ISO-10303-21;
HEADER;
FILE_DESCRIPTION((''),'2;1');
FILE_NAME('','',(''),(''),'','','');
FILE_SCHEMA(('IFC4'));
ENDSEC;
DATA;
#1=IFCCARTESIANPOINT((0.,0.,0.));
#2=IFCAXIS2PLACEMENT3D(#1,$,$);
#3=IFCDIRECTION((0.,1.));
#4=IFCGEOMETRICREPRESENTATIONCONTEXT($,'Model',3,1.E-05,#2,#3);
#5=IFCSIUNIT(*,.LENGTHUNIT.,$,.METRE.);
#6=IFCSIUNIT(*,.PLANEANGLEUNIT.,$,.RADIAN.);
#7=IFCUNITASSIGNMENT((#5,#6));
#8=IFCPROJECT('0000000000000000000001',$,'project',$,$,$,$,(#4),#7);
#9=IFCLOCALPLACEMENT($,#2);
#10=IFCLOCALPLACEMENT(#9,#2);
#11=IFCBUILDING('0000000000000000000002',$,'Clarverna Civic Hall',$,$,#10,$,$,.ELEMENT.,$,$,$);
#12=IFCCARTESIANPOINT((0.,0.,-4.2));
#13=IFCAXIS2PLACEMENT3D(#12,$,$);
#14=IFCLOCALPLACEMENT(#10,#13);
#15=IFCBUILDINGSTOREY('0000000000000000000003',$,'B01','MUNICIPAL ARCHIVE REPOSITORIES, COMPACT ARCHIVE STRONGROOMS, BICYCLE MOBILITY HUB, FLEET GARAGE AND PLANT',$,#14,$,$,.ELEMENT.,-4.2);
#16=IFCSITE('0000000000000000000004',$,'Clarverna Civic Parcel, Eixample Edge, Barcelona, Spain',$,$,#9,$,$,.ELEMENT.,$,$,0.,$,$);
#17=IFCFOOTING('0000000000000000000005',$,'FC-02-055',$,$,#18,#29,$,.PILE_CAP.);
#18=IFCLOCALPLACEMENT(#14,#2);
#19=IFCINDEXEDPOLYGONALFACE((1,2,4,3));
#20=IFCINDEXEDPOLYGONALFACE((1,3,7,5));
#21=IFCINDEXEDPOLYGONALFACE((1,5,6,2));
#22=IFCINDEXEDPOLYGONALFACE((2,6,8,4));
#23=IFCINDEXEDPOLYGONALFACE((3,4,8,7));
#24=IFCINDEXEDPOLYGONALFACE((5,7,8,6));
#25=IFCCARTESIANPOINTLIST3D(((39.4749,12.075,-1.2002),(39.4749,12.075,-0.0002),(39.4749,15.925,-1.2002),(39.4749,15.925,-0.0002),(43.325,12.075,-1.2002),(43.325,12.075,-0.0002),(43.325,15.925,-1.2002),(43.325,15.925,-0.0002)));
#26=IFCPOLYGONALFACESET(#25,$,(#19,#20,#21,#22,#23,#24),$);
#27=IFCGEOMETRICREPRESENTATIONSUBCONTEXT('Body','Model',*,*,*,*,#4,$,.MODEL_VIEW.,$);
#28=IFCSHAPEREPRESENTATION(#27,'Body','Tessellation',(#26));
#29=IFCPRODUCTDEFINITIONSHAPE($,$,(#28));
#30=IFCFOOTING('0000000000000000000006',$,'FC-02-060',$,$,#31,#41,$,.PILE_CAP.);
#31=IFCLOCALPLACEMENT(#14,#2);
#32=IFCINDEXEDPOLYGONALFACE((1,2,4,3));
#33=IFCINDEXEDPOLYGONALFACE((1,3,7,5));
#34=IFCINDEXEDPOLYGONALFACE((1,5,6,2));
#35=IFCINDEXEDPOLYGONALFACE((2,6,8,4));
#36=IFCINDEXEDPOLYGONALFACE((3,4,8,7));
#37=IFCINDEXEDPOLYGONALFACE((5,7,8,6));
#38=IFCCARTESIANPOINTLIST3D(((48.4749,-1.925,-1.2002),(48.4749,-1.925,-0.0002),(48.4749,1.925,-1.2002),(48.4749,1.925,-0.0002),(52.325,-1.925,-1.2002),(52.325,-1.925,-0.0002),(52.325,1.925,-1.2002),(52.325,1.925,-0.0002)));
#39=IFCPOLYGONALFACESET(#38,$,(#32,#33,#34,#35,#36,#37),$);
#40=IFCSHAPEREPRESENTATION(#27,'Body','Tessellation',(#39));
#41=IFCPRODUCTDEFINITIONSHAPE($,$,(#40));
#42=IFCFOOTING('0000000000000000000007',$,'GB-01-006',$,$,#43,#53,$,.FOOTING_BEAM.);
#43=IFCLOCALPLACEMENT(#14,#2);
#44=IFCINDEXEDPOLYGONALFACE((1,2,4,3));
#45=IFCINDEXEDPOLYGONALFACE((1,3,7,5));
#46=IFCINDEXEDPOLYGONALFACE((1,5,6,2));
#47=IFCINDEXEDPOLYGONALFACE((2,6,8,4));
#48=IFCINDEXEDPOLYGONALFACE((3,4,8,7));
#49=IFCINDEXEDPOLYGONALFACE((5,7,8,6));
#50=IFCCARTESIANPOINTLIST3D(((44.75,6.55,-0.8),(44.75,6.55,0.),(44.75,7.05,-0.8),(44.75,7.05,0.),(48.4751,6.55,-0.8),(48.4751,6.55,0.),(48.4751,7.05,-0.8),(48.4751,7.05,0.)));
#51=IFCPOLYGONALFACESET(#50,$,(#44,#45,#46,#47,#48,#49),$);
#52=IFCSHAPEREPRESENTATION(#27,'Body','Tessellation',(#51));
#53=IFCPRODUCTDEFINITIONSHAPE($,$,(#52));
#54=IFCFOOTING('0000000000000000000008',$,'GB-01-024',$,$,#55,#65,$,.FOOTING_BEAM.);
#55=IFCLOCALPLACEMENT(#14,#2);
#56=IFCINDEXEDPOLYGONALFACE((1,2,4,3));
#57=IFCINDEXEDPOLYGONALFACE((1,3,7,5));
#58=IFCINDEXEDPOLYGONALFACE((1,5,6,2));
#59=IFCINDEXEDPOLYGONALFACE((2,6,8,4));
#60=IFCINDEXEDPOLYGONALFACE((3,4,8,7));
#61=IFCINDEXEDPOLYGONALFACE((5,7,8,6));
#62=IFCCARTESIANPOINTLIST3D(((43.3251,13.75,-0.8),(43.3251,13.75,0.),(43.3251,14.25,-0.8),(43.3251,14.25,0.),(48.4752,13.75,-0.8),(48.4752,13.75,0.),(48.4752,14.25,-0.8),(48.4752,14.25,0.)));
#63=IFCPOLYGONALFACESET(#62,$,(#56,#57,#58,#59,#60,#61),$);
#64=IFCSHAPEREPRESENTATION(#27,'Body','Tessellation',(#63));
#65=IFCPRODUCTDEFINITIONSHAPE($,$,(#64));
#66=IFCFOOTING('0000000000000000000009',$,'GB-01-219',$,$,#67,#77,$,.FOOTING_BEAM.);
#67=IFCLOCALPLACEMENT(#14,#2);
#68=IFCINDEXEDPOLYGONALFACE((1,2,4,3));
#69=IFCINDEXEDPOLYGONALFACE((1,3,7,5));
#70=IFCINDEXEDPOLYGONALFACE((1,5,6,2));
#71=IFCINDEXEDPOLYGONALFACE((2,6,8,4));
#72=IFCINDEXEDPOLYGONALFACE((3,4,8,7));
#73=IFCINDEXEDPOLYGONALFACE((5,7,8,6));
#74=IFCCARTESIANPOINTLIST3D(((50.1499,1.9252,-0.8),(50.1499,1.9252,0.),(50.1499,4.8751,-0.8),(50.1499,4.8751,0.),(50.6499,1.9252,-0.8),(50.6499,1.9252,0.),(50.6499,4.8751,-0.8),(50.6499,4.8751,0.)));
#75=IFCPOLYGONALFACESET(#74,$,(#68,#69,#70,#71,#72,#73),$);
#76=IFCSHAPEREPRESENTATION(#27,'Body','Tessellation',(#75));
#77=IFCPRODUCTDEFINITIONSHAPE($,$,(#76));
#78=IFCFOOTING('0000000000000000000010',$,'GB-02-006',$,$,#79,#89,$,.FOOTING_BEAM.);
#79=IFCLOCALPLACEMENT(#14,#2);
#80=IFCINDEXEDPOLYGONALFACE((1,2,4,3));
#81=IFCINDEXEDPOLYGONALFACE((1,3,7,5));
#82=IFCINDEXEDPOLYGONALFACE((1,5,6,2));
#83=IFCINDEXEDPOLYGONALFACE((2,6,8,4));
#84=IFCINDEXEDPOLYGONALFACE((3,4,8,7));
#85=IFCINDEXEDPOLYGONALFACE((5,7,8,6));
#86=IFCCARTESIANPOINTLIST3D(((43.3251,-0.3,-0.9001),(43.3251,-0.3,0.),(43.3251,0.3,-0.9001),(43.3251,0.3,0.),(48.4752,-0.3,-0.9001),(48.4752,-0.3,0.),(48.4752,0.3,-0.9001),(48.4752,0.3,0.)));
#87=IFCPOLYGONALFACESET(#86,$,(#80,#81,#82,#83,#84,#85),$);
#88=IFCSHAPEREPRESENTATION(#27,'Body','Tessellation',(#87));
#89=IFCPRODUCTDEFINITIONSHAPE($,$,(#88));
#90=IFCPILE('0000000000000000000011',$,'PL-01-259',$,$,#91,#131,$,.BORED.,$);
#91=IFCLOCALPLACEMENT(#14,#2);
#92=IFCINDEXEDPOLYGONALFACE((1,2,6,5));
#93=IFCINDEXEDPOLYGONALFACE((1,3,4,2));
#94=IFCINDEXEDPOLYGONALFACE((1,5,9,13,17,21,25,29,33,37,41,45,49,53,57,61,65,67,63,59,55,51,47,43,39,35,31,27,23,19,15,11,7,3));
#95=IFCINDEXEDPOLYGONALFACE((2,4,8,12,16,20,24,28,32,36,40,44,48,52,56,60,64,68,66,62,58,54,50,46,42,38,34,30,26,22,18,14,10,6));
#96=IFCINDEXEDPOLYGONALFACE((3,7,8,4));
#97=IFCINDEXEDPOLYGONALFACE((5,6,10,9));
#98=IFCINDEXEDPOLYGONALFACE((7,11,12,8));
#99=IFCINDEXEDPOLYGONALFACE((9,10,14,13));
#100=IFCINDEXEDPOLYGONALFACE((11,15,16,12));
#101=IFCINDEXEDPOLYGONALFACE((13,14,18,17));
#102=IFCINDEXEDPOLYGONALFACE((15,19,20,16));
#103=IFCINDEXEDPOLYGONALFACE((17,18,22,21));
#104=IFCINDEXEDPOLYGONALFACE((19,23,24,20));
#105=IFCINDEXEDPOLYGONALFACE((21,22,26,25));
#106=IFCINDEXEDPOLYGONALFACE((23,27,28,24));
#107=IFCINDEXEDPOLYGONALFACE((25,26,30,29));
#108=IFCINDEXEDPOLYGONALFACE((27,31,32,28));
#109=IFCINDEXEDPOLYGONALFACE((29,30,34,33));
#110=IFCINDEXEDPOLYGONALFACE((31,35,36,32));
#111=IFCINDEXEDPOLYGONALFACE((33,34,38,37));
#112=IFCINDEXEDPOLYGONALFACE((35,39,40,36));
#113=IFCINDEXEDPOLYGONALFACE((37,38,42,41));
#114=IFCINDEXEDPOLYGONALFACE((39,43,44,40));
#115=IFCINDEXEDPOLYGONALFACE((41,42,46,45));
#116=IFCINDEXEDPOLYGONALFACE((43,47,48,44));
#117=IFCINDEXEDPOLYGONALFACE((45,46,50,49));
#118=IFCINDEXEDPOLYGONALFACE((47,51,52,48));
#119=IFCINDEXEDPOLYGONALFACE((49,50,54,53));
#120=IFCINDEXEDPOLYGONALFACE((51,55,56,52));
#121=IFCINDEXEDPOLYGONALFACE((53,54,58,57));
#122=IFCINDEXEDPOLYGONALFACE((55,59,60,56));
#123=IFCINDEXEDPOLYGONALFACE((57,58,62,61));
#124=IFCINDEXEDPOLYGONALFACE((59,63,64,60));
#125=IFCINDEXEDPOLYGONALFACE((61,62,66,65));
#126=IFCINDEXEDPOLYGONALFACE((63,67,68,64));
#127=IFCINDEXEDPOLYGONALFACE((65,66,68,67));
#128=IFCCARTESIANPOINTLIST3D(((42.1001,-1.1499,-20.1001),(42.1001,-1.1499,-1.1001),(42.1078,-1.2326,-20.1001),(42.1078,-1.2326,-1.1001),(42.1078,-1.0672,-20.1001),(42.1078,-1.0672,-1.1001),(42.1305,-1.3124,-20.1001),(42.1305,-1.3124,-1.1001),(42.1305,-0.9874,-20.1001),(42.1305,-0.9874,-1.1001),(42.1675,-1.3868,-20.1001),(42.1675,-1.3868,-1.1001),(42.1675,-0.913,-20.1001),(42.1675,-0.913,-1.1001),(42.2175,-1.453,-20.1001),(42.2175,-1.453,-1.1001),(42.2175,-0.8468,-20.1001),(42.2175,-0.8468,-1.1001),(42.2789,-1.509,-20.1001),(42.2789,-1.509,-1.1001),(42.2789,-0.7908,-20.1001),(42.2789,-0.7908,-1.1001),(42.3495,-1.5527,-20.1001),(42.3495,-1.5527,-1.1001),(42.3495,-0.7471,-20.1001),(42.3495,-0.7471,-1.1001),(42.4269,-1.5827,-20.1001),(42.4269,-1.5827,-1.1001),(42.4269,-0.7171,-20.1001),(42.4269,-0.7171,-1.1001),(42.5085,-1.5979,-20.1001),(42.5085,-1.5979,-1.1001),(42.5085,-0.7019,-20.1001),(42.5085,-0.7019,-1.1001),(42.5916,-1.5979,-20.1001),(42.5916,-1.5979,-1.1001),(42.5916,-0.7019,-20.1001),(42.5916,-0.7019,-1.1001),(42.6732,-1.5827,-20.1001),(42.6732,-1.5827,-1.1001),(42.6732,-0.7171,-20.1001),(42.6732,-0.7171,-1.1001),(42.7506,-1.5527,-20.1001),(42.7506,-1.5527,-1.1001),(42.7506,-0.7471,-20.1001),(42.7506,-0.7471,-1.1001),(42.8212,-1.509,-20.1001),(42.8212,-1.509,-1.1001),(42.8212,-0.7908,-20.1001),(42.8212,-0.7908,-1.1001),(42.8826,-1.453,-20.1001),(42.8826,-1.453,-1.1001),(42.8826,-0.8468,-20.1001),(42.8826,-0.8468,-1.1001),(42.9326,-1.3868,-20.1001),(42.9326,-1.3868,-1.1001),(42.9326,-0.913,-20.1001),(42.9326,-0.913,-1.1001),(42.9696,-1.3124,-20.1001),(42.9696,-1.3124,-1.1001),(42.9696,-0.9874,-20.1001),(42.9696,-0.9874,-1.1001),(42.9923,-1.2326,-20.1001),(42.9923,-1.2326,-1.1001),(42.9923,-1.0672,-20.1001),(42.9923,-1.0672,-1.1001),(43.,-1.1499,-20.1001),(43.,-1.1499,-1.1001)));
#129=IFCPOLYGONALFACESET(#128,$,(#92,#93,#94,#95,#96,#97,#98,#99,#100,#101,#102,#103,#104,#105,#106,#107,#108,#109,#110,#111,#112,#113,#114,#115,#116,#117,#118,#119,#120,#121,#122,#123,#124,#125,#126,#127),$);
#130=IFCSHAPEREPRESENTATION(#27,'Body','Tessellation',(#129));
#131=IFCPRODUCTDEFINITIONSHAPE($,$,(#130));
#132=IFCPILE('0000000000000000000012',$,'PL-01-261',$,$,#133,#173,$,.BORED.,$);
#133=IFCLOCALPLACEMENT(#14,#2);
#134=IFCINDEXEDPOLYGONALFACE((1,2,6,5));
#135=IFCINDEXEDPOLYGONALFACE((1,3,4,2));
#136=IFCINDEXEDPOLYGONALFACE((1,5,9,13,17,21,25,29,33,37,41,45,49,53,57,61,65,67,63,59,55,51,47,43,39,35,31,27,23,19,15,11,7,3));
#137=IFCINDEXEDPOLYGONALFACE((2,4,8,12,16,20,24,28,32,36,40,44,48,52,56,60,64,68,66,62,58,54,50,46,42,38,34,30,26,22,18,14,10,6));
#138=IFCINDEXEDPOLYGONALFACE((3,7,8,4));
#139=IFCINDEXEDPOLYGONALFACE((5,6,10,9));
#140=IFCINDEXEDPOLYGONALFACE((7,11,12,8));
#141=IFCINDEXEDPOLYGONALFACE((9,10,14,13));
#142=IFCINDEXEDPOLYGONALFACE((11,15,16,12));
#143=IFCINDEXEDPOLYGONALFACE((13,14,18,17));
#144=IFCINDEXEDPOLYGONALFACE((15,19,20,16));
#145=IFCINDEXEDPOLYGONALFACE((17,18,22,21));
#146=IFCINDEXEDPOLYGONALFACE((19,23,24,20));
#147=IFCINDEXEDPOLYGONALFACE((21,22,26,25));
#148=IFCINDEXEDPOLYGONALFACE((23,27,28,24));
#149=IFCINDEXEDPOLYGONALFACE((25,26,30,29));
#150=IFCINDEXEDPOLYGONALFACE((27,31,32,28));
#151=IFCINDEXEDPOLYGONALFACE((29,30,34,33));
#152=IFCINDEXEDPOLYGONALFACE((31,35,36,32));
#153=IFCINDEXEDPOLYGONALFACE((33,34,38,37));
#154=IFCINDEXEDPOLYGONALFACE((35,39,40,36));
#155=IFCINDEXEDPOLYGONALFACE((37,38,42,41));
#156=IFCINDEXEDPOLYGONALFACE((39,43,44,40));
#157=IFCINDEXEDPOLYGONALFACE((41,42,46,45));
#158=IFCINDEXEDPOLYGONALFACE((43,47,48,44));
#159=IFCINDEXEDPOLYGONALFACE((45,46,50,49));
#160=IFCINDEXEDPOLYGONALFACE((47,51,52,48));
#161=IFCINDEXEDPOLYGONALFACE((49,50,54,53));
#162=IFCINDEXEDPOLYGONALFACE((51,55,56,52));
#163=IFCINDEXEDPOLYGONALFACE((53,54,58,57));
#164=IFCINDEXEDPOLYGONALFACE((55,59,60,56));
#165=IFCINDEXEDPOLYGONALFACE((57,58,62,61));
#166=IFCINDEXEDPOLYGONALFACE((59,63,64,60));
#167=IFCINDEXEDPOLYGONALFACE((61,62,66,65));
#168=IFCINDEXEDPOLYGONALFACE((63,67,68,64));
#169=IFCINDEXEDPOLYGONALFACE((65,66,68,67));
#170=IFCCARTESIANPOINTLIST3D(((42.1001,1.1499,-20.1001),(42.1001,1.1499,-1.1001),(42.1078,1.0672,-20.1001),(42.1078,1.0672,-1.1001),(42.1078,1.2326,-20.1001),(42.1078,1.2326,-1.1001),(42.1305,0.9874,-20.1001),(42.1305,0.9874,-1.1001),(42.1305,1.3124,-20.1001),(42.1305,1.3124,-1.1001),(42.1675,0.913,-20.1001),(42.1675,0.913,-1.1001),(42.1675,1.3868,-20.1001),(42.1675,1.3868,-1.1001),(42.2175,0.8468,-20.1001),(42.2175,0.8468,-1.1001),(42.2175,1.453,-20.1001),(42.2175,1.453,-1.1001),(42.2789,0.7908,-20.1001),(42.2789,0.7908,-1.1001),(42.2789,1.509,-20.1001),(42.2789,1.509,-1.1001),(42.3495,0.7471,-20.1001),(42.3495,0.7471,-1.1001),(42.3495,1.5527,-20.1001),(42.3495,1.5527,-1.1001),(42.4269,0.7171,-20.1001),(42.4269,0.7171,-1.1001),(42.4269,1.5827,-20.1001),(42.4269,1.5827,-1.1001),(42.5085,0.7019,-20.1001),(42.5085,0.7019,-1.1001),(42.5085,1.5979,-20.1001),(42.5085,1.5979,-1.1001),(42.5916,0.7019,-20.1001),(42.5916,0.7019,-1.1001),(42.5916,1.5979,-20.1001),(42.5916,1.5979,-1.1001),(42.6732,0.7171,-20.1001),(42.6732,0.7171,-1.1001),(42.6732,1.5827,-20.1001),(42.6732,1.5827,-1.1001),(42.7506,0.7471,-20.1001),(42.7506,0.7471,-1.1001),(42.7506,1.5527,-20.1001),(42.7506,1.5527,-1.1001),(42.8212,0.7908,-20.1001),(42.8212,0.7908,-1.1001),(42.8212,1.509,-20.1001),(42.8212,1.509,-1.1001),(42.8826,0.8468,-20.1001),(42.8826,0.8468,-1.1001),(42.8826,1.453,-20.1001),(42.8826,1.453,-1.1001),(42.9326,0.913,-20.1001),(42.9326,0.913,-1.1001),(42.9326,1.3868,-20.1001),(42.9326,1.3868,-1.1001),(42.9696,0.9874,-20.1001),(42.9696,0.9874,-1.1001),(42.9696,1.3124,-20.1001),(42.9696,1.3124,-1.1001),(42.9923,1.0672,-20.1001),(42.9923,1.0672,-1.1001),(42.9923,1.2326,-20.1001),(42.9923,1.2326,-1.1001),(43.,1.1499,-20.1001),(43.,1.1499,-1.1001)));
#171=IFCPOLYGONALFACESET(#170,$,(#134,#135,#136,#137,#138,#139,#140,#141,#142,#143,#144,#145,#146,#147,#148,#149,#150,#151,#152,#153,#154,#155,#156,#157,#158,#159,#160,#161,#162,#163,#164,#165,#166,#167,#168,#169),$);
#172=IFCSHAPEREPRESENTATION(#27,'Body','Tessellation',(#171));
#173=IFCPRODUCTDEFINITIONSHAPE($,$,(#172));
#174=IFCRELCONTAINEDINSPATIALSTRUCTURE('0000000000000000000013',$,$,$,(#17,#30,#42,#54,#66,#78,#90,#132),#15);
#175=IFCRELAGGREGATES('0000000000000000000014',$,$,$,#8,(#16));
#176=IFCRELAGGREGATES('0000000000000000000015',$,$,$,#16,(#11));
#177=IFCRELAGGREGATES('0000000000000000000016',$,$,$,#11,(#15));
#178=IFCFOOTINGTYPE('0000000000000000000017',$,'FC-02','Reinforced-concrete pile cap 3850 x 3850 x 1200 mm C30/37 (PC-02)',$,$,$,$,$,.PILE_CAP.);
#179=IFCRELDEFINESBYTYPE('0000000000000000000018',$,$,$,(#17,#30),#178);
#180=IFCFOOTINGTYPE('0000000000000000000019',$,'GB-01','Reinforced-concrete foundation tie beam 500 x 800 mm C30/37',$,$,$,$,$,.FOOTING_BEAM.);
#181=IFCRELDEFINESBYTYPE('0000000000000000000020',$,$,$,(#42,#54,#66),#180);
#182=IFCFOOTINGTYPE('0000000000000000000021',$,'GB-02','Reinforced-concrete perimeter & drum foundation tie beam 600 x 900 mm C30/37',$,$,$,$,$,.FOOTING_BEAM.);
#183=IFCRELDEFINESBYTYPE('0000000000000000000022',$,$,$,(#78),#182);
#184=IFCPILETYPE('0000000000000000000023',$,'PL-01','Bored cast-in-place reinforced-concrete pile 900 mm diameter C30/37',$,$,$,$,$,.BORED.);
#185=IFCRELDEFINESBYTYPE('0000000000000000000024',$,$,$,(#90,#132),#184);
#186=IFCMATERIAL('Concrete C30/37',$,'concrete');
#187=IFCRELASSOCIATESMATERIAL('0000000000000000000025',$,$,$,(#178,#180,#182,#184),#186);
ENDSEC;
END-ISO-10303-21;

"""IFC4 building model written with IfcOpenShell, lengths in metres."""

from ifc_helpers import new_model, si_unit, direction, frame, frame_2d, origin, origin_2d, place, context, subcontext, project, spatial, rectangle, circle, extrude, material, material_profile, profile_set, type_object, element, save


model = new_model("IFC4")

# Units and contexts
model_context = context("Model", 3, precision=1e-05, world=origin(), true_north=direction((0.0, 1.0)))
body_context = subcontext(model_context, "Body", "Model", "MODEL_VIEW")
ifc_project = project(units=[si_unit("LENGTHUNIT", "METRE"), si_unit("PLANEANGLEUNIT", "RADIAN")], contexts=[model_context])

# Site, building, storey
site_placement = place(None, origin())
site = spatial("IfcSite", under=ifc_project, at=site_placement, Name="Clarverna Civic Parcel, Eixample Edge, Barcelona, Spain", CompositionType="ELEMENT", RefElevation=0.0)
building_placement = place(site_placement, origin())
building = spatial("IfcBuilding", under=site, at=building_placement, Name="Clarverna Civic Hall", CompositionType="ELEMENT")
storey_placement = place(building_placement, frame((0.0, 0.0, -4.2)))
storey = spatial("IfcBuildingStorey", under=building, at=storey_placement, Name="B01", Description="MUNICIPAL ARCHIVE REPOSITORIES, COMPACT ARCHIVE STRONGROOMS, BICYCLE MOBILITY HUB, FLEET GARAGE AND PLANT", CompositionType="ELEMENT", Elevation=-4.2)

# Footings
ifc_material_1 = material(Name="Concrete C30/37", Category="concrete")
footing_type_1 = type_object("IfcFootingType", Name="FC-02", Description="Reinforced-concrete pile cap 3850 x 3850 x 1200 mm C30/37 (PC-02)", PredefinedType="PILE_CAP", material=ifc_material_1)
for number, where, z_axis, x_axis, name in (
    (1, (41.3999, 14.0, -1.2002), (0.0, 0.0, 1.0), (1.0, 0.0, 0.0), "FC-02-055"),
    (2, (50.3999, 0.0, -1.2002), (0.0, 0.0, 1.0), (1.0, 0.0, 0.0), "FC-02-060"),
):
    element("IfcFooting", number, at=place(storey_placement, frame(where, z_axis=z_axis, x_axis=x_axis)), inside=storey, type_object=footing_type_1, Name=name, PredefinedType="PILE_CAP", context=body_context, shape_type="SweptSolid", body=[
        extrude(rectangle(XDim=3.8501, YDim=3.8501, at=origin_2d()), origin(), (0.0, 0.0, 1.0), 1.2),
    ])
footing_type_2 = type_object("IfcFootingType", Name="GB-01", Description="Reinforced-concrete foundation tie beam 500 x 800 mm C30/37", PredefinedType="FOOTING_BEAM", material=ifc_material_1)
footing_1_placement = place(storey_placement, frame((44.75, 6.8, -0.8), z_axis=(0.0, 0.0, 1.0), x_axis=(1.0, 0.0, 0.0)))
element("IfcFooting", 3, at=footing_1_placement, inside=storey, type_object=footing_type_2, Name="GB-01-006", PredefinedType="FOOTING_BEAM", context=body_context, shape_type="SweptSolid", body=[
    extrude(rectangle(XDim=3.7251, YDim=0.5, at=frame_2d((1.8625, 0.0))), origin(), (0.0, 0.0, 1.0), 0.8),
])
footing_2_placement = place(storey_placement, frame((43.325, 14.0, -0.8), z_axis=(0.0, 0.0, 1.0), x_axis=(1.0, 0.0, 0.0)))
element("IfcFooting", 4, at=footing_2_placement, inside=storey, type_object=footing_type_2, Name="GB-01-024", PredefinedType="FOOTING_BEAM", context=body_context, shape_type="SweptSolid", body=[
    extrude(rectangle(XDim=5.1501, YDim=0.5, at=frame_2d((2.5752, 0.0))), origin(), (0.0, 0.0, 1.0), 0.8),
])
footing_3_placement = place(storey_placement, frame((50.3999, 1.925, -0.8), z_axis=(0.0, 0.0, 1.0), x_axis=(0.0, 1.0, 0.0)))
element("IfcFooting", 5, at=footing_3_placement, inside=storey, type_object=footing_type_2, Name="GB-01-219", PredefinedType="FOOTING_BEAM", context=body_context, shape_type="SweptSolid", body=[
    extrude(rectangle(XDim=2.95, YDim=0.5, at=frame_2d((1.4751, 0.0))), origin(), (0.0, 0.0, 1.0), 0.8),
])
footing_type_3 = type_object("IfcFootingType", Name="GB-02", Description="Reinforced-concrete perimeter & drum foundation tie beam 600 x 900 mm C30/37", PredefinedType="FOOTING_BEAM", material=ifc_material_1)
footing_4_placement = place(storey_placement, frame((43.325, 0.0, -0.9001), z_axis=(0.0, 0.0, 1.0), x_axis=(1.0, 0.0, 0.0)))
element("IfcFooting", 6, at=footing_4_placement, inside=storey, type_object=footing_type_3, Name="GB-02-006", PredefinedType="FOOTING_BEAM", context=body_context, shape_type="SweptSolid", body=[
    extrude(rectangle(XDim=5.1501, YDim=0.6001, at=frame_2d((2.5752, 0.0))), origin(), (0.0, 0.0, 1.0), 0.9001),
])

# Piles
ifc_material_profile_1 = material_profile(ifc_material_1, circle(Radius=0.45, at=origin_2d()), Name="BORED PILE D900")
ifc_profile_set_1 = profile_set([ifc_material_profile_1], Name="Concrete C30/37")
pile_type_1 = type_object("IfcPileType", Name="PL-01", Description="Bored cast-in-place reinforced-concrete pile 900 mm diameter C30/37", PredefinedType="BORED", material=ifc_profile_set_1)
for number, where, z_axis, x_axis, name in (
    (7, (42.55, -1.1499, -1.1001), (0.0, 0.0, -1.0), (1.0, 0.0, 0.0), "PL-01-259"),
    (8, (42.55, 1.1499, -1.1001), (0.0, 0.0, -1.0), (1.0, 0.0, 0.0), "PL-01-261"),
):
    element("IfcPile", number, at=place(storey_placement, frame(where, z_axis=z_axis, x_axis=x_axis)), inside=storey, type_object=pile_type_1, Name=name, PredefinedType="BORED", context=body_context, shape_type="SweptSolid", body=[
        extrude(circle(Radius=0.45, at=origin_2d()), origin(), (0.0, 0.0, 1.0), 19.0),
    ])

save(model, "model.ifc")
